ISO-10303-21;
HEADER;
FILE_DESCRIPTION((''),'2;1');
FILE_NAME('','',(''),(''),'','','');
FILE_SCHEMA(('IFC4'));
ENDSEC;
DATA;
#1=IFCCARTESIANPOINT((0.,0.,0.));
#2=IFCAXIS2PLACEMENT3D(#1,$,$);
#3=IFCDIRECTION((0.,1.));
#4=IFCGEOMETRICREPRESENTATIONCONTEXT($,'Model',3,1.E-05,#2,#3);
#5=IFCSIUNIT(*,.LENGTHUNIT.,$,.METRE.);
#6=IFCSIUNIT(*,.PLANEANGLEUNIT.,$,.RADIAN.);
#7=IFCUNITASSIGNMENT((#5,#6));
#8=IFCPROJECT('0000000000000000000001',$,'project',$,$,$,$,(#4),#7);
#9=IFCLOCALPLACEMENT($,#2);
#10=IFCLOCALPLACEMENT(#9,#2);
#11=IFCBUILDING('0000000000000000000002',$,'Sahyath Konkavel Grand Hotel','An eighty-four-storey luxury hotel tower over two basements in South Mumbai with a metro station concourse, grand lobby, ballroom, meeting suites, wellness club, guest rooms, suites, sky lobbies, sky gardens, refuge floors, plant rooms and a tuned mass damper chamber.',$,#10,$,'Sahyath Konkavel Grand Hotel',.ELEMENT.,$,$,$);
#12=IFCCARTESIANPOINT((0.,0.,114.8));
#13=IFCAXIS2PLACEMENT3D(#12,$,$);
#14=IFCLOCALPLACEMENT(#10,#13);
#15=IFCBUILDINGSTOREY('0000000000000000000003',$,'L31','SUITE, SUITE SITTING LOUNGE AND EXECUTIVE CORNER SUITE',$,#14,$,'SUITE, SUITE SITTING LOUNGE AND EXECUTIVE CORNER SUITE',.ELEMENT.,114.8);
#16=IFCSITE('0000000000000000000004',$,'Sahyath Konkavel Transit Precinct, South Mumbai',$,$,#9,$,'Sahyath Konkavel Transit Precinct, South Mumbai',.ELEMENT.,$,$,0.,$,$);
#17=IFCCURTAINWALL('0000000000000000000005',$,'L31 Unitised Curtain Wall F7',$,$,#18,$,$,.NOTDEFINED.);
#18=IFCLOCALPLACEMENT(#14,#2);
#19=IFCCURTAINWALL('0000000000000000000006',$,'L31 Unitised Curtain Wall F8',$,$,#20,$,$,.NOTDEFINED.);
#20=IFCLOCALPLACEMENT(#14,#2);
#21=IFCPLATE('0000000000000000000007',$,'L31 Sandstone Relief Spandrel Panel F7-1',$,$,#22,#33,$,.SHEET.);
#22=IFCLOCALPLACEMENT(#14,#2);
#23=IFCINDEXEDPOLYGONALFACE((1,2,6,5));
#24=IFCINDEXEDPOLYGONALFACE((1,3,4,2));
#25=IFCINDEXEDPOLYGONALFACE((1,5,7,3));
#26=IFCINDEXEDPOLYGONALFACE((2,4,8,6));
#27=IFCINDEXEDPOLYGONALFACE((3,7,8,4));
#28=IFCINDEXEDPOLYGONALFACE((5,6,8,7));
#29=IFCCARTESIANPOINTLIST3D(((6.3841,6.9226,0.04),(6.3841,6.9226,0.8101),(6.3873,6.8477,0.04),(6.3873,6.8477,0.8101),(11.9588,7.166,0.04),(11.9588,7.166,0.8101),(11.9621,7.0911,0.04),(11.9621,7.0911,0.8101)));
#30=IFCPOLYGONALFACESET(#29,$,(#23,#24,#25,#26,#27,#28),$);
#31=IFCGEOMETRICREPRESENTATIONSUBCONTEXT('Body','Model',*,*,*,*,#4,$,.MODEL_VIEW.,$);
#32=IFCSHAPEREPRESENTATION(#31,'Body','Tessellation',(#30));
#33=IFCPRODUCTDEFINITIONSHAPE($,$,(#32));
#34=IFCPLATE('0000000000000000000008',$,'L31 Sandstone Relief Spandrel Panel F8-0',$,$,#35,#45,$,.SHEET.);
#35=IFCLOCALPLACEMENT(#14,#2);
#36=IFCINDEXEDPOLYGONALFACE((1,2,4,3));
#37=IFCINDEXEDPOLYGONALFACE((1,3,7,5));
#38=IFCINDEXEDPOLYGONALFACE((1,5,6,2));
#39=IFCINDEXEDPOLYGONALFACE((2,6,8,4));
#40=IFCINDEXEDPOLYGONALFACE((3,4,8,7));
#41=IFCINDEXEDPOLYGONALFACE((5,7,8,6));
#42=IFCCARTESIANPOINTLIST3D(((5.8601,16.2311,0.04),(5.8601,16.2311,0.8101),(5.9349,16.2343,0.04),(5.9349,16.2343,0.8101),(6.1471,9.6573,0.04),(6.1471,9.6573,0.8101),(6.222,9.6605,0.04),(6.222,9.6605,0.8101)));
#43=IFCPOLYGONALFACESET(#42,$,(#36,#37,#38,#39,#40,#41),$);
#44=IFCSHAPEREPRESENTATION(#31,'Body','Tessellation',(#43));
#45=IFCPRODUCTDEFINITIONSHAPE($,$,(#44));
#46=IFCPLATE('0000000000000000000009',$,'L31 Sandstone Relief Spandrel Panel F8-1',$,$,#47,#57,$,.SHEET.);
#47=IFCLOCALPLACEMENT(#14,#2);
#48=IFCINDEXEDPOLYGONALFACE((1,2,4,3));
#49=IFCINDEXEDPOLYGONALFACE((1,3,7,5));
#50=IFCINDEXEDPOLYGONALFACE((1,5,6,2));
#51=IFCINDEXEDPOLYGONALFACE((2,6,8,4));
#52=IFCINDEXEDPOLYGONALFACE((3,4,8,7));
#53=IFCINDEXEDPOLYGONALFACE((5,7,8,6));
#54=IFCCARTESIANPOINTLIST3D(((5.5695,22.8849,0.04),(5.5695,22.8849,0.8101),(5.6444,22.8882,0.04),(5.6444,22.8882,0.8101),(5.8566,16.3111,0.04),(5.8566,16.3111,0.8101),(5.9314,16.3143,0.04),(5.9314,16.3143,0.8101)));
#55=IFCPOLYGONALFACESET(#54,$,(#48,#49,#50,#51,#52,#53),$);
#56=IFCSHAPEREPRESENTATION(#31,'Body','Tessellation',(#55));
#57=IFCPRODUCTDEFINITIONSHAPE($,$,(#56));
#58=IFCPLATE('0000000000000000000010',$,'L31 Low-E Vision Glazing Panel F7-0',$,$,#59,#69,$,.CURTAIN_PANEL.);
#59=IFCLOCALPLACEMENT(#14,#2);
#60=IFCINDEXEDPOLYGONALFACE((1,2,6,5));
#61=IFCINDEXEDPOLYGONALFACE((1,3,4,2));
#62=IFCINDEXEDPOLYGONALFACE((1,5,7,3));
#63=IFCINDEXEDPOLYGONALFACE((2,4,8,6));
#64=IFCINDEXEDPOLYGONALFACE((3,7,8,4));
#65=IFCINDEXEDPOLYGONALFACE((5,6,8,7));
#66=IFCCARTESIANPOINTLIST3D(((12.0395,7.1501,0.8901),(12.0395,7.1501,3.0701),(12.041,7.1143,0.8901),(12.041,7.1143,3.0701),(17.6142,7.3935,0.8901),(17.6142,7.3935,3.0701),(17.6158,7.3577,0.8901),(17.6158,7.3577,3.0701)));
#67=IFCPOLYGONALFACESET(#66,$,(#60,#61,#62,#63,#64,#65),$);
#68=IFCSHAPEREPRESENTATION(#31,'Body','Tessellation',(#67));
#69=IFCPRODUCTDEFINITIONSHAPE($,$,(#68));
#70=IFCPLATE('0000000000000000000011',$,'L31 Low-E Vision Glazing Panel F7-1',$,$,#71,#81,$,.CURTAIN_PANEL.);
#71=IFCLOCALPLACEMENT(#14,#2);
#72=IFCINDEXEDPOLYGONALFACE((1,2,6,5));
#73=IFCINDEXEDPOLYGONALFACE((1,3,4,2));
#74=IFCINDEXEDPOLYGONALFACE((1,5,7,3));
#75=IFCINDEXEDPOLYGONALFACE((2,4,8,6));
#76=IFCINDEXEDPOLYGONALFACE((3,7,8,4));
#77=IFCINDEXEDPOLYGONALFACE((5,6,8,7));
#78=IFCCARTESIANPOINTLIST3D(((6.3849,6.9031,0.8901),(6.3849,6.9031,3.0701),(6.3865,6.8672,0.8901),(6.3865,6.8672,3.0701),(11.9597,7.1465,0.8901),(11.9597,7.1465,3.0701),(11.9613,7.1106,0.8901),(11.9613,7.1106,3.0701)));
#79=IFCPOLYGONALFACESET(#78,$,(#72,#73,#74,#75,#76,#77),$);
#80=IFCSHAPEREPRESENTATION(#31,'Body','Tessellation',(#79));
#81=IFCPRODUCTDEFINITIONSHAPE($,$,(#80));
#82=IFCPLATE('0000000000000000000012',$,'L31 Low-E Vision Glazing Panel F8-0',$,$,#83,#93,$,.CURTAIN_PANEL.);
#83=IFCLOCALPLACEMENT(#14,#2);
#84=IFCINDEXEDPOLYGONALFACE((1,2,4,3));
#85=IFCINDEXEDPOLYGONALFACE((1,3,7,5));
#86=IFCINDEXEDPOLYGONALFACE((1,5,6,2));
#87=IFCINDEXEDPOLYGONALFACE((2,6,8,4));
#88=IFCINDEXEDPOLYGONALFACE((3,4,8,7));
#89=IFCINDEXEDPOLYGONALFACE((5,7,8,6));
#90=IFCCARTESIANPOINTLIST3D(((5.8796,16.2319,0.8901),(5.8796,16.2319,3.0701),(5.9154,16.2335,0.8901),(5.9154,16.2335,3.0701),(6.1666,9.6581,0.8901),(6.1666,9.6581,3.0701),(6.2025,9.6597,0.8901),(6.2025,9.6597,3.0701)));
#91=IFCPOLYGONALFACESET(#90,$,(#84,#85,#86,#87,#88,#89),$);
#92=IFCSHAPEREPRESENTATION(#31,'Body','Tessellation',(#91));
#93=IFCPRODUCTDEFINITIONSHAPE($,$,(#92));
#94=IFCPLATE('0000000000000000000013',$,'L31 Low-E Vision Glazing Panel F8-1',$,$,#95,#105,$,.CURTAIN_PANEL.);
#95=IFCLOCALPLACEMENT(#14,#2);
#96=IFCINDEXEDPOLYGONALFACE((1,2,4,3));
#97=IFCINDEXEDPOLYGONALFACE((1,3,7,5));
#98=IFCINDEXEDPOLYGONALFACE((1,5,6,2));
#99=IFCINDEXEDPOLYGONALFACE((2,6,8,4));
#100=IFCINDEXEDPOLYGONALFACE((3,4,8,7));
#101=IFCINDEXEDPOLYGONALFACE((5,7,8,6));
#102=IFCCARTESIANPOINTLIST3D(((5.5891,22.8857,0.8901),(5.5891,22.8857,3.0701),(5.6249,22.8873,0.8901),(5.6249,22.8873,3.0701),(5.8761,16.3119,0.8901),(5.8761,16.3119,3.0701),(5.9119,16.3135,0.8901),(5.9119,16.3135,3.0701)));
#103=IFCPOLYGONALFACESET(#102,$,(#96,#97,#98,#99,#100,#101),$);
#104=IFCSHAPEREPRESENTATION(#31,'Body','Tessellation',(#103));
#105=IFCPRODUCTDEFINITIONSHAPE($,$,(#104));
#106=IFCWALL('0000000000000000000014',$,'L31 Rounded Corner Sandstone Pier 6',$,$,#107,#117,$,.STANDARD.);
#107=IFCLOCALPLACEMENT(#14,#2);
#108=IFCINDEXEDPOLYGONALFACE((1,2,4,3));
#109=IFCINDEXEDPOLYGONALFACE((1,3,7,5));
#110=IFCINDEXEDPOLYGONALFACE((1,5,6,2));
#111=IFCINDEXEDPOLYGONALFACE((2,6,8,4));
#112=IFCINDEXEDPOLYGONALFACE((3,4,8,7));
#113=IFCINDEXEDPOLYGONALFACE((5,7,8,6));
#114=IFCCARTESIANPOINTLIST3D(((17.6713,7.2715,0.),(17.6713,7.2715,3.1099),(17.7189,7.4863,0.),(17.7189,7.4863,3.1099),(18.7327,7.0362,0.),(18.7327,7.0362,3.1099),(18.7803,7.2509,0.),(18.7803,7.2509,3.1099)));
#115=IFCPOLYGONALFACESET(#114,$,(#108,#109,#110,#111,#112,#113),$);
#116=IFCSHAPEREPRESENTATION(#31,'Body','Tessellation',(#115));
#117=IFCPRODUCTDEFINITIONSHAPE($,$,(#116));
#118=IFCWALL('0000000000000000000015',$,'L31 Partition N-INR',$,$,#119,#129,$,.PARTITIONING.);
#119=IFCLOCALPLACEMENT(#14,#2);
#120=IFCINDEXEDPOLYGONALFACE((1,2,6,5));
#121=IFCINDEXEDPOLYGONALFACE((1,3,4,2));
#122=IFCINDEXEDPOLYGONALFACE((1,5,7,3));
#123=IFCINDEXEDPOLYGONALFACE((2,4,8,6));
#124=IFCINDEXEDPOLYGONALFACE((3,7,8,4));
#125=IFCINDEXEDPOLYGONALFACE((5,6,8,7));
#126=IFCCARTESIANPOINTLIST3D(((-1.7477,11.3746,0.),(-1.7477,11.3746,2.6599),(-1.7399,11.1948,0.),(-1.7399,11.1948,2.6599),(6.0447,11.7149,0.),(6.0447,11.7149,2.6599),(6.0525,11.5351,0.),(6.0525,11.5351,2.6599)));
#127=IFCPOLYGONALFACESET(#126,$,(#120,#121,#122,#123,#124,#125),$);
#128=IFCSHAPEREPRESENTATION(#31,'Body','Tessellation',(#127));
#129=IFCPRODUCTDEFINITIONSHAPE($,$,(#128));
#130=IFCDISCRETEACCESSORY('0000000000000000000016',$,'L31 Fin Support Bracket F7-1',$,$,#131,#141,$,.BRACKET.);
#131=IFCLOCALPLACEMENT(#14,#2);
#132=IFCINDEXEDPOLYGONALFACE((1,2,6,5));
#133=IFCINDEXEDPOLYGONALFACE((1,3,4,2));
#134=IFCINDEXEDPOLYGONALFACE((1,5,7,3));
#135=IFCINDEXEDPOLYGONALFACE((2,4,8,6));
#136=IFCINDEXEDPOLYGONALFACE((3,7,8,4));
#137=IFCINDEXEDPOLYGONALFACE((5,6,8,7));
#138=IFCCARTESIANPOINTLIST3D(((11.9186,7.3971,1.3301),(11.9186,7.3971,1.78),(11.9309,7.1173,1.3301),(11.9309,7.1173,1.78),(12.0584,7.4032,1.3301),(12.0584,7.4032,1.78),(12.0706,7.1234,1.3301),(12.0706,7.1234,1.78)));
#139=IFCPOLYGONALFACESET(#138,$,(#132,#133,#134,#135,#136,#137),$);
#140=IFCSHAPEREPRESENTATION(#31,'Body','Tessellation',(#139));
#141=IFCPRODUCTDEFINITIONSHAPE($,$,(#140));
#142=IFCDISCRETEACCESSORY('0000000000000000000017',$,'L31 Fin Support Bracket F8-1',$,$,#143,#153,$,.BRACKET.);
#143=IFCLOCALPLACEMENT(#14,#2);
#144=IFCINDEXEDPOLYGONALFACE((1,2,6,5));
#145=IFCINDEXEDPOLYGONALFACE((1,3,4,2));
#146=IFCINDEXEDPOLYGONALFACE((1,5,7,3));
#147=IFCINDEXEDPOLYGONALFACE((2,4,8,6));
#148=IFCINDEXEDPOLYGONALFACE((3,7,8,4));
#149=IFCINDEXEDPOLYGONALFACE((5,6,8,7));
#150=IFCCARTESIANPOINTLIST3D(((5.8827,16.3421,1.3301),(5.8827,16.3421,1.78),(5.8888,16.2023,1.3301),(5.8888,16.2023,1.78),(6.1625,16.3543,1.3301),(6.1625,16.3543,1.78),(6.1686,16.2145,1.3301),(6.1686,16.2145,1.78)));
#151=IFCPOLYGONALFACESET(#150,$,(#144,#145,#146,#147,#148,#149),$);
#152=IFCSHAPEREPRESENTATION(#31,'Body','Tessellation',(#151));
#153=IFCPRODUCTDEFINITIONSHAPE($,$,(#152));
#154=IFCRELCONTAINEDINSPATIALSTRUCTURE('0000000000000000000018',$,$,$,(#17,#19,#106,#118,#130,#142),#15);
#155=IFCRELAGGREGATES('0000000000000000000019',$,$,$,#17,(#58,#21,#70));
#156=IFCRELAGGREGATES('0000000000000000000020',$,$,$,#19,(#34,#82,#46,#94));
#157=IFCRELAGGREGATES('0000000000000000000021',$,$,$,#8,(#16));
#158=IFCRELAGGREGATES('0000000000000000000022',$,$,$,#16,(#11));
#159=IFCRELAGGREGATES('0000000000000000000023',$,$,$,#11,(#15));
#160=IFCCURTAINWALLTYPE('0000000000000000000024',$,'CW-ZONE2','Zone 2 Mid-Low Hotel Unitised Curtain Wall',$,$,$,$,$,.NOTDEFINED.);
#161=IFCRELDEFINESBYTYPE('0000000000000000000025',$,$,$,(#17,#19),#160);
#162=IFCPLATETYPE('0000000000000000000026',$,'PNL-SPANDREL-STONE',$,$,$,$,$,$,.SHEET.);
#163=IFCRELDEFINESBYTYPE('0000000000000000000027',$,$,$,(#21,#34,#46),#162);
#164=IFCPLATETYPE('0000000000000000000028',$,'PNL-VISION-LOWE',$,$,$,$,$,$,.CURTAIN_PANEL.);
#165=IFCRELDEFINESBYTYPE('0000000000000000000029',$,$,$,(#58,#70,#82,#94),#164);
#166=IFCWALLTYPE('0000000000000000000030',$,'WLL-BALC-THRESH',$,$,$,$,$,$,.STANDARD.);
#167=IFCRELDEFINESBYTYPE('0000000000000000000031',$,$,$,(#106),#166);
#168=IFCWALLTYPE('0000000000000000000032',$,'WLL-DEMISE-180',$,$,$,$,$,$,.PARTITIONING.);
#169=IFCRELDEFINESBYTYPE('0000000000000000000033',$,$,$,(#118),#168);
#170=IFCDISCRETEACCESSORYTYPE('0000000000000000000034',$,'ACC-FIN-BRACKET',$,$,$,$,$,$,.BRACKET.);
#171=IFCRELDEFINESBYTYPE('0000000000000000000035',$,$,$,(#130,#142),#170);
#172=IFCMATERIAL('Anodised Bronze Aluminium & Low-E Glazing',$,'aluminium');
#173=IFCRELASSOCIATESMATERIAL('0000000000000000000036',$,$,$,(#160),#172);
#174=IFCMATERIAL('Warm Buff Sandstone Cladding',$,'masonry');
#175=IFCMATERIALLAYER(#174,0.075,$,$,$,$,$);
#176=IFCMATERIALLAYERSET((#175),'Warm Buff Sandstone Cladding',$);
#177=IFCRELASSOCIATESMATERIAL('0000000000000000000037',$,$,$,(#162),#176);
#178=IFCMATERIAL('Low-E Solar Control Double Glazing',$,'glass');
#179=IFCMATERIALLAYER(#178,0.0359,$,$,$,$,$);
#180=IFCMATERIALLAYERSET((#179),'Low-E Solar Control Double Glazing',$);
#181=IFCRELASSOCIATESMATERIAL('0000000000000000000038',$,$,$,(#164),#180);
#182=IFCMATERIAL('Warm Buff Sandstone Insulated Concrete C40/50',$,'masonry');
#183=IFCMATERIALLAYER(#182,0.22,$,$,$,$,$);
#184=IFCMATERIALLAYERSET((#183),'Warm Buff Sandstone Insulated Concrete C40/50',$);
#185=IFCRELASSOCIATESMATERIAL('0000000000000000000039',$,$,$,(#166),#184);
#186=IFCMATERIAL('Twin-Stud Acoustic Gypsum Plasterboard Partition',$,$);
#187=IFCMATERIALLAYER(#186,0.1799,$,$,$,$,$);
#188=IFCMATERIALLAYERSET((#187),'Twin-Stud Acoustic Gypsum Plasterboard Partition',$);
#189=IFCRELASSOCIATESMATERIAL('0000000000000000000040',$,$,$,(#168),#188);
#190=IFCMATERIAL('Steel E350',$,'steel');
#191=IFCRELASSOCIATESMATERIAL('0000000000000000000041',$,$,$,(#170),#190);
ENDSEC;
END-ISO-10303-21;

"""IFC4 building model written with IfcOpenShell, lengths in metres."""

from ifc_helpers import new_model, si_unit, direction, frame, frame_2d, origin, origin_2d, place, context, subcontext, project, spatial, rectangle, extrude, source, transform, mapped, material, layer, layer_set, type_object, element, aggregate, save


model = new_model("IFC4")

# Units and contexts
model_context = context("Model", 3, precision=1e-05, world=origin(), true_north=direction((0.0, 1.0)))
body_context = subcontext(model_context, "Body", "Model", "MODEL_VIEW")
ifc_project = project(units=[si_unit("LENGTHUNIT", "METRE"), si_unit("PLANEANGLEUNIT", "RADIAN")], contexts=[model_context])

# Site, building, storey
site_placement = place(None, origin())
site = spatial("IfcSite", under=ifc_project, at=site_placement, Name="Sahyath Konkavel Transit Precinct, South Mumbai", LongName="Sahyath Konkavel Transit Precinct, South Mumbai", CompositionType="ELEMENT", RefElevation=0.0)
building_placement = place(site_placement, origin())
building = spatial("IfcBuilding", under=site, at=building_placement, Name="Sahyath Konkavel Grand Hotel", Description="An eighty-four-storey luxury hotel tower over two basements in South Mumbai with a metro station concourse, grand lobby, ballroom, meeting suites, wellness club, guest rooms, suites, sky lobbies, sky gardens, refuge floors, plant rooms and a tuned mass damper chamber.", LongName="Sahyath Konkavel Grand Hotel", CompositionType="ELEMENT")
storey_placement = place(building_placement, frame((0.0, 0.0, 114.8)))
storey = spatial("IfcBuildingStorey", under=building, at=storey_placement, Name="L31", Description="SUITE, SUITE SITTING LOUNGE AND EXECUTIVE CORNER SUITE", LongName="SUITE, SUITE SITTING LOUNGE AND EXECUTIVE CORNER SUITE", CompositionType="ELEMENT", Elevation=114.8)

# Curtain walls
ifc_material_1 = material(Name="Anodised Bronze Aluminium & Low-E Glazing", Category="aluminium")
curtain_wall_type = type_object("IfcCurtainWallType", Name="CW-ZONE2", Description="Zone 2 Mid-Low Hotel Unitised Curtain Wall", PredefinedType="NOTDEFINED", material=ifc_material_1)
curtain_wall_1_placement = place(storey_placement, origin())
curtain_wall_1 = element("IfcCurtainWall", 1, at=curtain_wall_1_placement, inside=storey, type_object=curtain_wall_type, Name="L31 Unitised Curtain Wall F7", PredefinedType="NOTDEFINED")
curtain_wall_2_placement = place(storey_placement, origin())
curtain_wall_2 = element("IfcCurtainWall", 2, at=curtain_wall_2_placement, inside=storey, type_object=curtain_wall_type, Name="L31 Unitised Curtain Wall F8", PredefinedType="NOTDEFINED")

# Plates
ifc_material_2 = material(Name="Warm Buff Sandstone Cladding", Category="masonry")
ifc_layer_1 = layer(ifc_material_2, 0.075)
ifc_layer_set_1 = layer_set([ifc_layer_1], Name="Warm Buff Sandstone Cladding")
plate_type_1 = type_object("IfcPlateType", Name="PNL-SPANDREL-STONE", PredefinedType="SHEET", material=ifc_layer_set_1)
shared_shape_1 = source(origin(), body_context, "Body", "SweptSolid", [
    extrude(rectangle(XDim=5.5801, YDim=0.075, at=origin_2d()), origin(), (0.0, 0.0, 1.0), 0.77),
])
plate_1_placement = place(storey_placement, frame((9.1731, 7.0068, 0.04), z_axis=(0.0, 0.0, 1.0), x_axis=(-0.999048, -0.043619, 0.0)))
plate_1 = element("IfcPlate", 3, at=plate_1_placement, type_object=plate_type_1, Name="L31 Sandstone Relief Spandrel Panel F7-1", PredefinedType="SHEET", context=body_context, shape_type="MappedRepresentation", body=[
    mapped(shared_shape_1, transform((0.0, 0.0, 0.0), scale=1.0)),
])
shared_shape_2 = source(origin(), body_context, "Body", "SweptSolid", [
    extrude(rectangle(XDim=6.5801, YDim=0.075, at=origin_2d()), origin(), (0.0, 0.0, 1.0), 0.77),
])
plate_2_placement = place(storey_placement, frame((6.041, 12.9458, 0.04), z_axis=(0.0, 0.0, 1.0), x_axis=(-0.043619, 0.999048, 0.0)))
plate_2 = element("IfcPlate", 4, at=plate_2_placement, type_object=plate_type_1, Name="L31 Sandstone Relief Spandrel Panel F8-0", PredefinedType="SHEET", context=body_context, shape_type="MappedRepresentation", body=[
    mapped(shared_shape_2, transform((0.0, 0.0, 0.0), scale=1.0)),
])
plate_3_placement = place(storey_placement, frame((5.7505, 19.5996, 0.04), z_axis=(0.0, 0.0, 1.0), x_axis=(-0.043619, 0.999048, 0.0)))
plate_3 = element("IfcPlate", 5, at=plate_3_placement, type_object=plate_type_1, Name="L31 Sandstone Relief Spandrel Panel F8-1", PredefinedType="SHEET", context=body_context, shape_type="MappedRepresentation", body=[
    mapped(shared_shape_2, transform((0.0, 0.0, 0.0), scale=1.0)),
])
ifc_material_3 = material(Name="Low-E Solar Control Double Glazing", Category="glass")
ifc_layer_2 = layer(ifc_material_3, 0.0359)
ifc_layer_set_2 = layer_set([ifc_layer_2], Name="Low-E Solar Control Double Glazing")
plate_type_2 = type_object("IfcPlateType", Name="PNL-VISION-LOWE", PredefinedType="CURTAIN_PANEL", material=ifc_layer_set_2)
shared_shape_3 = source(origin(), body_context, "Body", "SweptSolid", [
    extrude(rectangle(XDim=5.5801, YDim=0.0359, at=origin_2d()), origin(), (0.0, 0.0, 1.0), 2.1799),
])
plate_4_placement = place(storey_placement, frame((14.8276, 7.2539, 0.8901), z_axis=(0.0, 0.0, 1.0), x_axis=(-0.999048, -0.043619, 0.0)))
plate_4 = element("IfcPlate", 6, at=plate_4_placement, type_object=plate_type_2, Name="L31 Low-E Vision Glazing Panel F7-0", PredefinedType="CURTAIN_PANEL", context=body_context, shape_type="MappedRepresentation", body=[
    mapped(shared_shape_3, transform((0.0, 0.0, 0.0), scale=1.0)),
])
plate_5_placement = place(storey_placement, frame((9.1731, 7.0068, 0.8901), z_axis=(0.0, 0.0, 1.0), x_axis=(-0.999048, -0.043619, 0.0)))
plate_5 = element("IfcPlate", 7, at=plate_5_placement, type_object=plate_type_2, Name="L31 Low-E Vision Glazing Panel F7-1", PredefinedType="CURTAIN_PANEL", context=body_context, shape_type="MappedRepresentation", body=[
    mapped(shared_shape_3, transform((0.0, 0.0, 0.0), scale=1.0)),
])
aggregate(curtain_wall_1, [plate_4, plate_1, plate_5])
shared_shape_4 = source(origin(), body_context, "Body", "SweptSolid", [
    extrude(rectangle(XDim=6.5801, YDim=0.0359, at=origin_2d()), origin(), (0.0, 0.0, 1.0), 2.1799),
])
plate_6_placement = place(storey_placement, frame((6.041, 12.9458, 0.8901), z_axis=(0.0, 0.0, 1.0), x_axis=(-0.043619, 0.999048, 0.0)))
plate_6 = element("IfcPlate", 8, at=plate_6_placement, type_object=plate_type_2, Name="L31 Low-E Vision Glazing Panel F8-0", PredefinedType="CURTAIN_PANEL", context=body_context, shape_type="MappedRepresentation", body=[
    mapped(shared_shape_4, transform((0.0, 0.0, 0.0), scale=1.0)),
])
plate_7_placement = place(storey_placement, frame((5.7505, 19.5996, 0.8901), z_axis=(0.0, 0.0, 1.0), x_axis=(-0.043619, 0.999048, 0.0)))
plate_7 = element("IfcPlate", 9, at=plate_7_placement, type_object=plate_type_2, Name="L31 Low-E Vision Glazing Panel F8-1", PredefinedType="CURTAIN_PANEL", context=body_context, shape_type="MappedRepresentation", body=[
    mapped(shared_shape_4, transform((0.0, 0.0, 0.0), scale=1.0)),
])
aggregate(curtain_wall_2, [plate_2, plate_6, plate_3, plate_7])

# Walls
ifc_material_4 = material(Name="Warm Buff Sandstone Insulated Concrete C40/50", Category="masonry")
ifc_layer_3 = layer(ifc_material_4, 0.22)
ifc_layer_set_3 = layer_set([ifc_layer_3], Name="Warm Buff Sandstone Insulated Concrete C40/50")
wall_type_1 = type_object("IfcWallType", Name="WLL-BALC-THRESH", PredefinedType="STANDARD", material=ifc_layer_set_3)
wall_1_placement = place(storey_placement, frame((18.7563, 7.1436, 0.0), z_axis=(0.0, 0.0, 1.0), x_axis=(-0.976282, 0.216502, 0.0)))
element("IfcWall", 10, at=wall_1_placement, inside=storey, type_object=wall_type_1, Name="L31 Rounded Corner Sandstone Pier 6", PredefinedType="STANDARD", context=body_context, shape_type="SweptSolid", body=[
    extrude(rectangle(XDim=1.0872, YDim=0.22, at=frame_2d((0.5435, 0.0))), origin(), (0.0, 0.0, 1.0), 3.1099),
])
ifc_material_5 = material(Name="Twin-Stud Acoustic Gypsum Plasterboard Partition")
ifc_layer_4 = layer(ifc_material_5, 0.1799)
ifc_layer_set_4 = layer_set([ifc_layer_4], Name="Twin-Stud Acoustic Gypsum Plasterboard Partition")
wall_type_2 = type_object("IfcWallType", Name="WLL-DEMISE-180", PredefinedType="PARTITIONING", material=ifc_layer_set_4)
wall_2_placement = place(storey_placement, frame((6.0486, 11.625, 0.0), z_axis=(0.0, 0.0, 1.0), x_axis=(-0.999048, -0.043633, 0.0)))
element("IfcWall", 11, at=wall_2_placement, inside=storey, type_object=wall_type_2, Name="L31 Partition N-INR", PredefinedType="PARTITIONING", context=body_context, shape_type="SweptSolid", body=[
    extrude(rectangle(XDim=7.7998, YDim=0.1799, at=frame_2d((3.8999, 0.0))), origin(), (0.0, 0.0, 1.0), 2.6599),
])

# Discrete accessories
ifc_material_6 = material(Name="Steel E350", Category="steel")
discrete_accessory_type = type_object("IfcDiscreteAccessoryType", Name="ACC-FIN-BRACKET", PredefinedType="BRACKET", material=ifc_material_6)
shared_shape_5 = source(origin(), body_context, "Body", "SweptSolid", [
    extrude(rectangle(XDim=0.28, YDim=0.1399, at=origin_2d()), origin(), (0.0, 0.0, 1.0), 0.45),
])
for number, where, z_axis, x_axis, name in (
    (12, (11.9946, 7.2603, 1.3301), (0.0, 0.0, 1.0), (-0.043619, 0.999048, 0.0), "L31 Fin Support Bracket F7-1"),
    (13, (6.0256, 16.2783, 1.3301), (0.0, 0.0, 1.0), (0.999048, 0.043619, 0.0), "L31 Fin Support Bracket F8-1"),
):
    element("IfcDiscreteAccessory", number, at=place(storey_placement, frame(where, z_axis=z_axis, x_axis=x_axis)), inside=storey, type_object=discrete_accessory_type, Name=name, PredefinedType="BRACKET", context=body_context, shape_type="MappedRepresentation", body=[
        mapped(shared_shape_5, transform((0.0, 0.0, 0.0), scale=1.0)),
    ])

save(model, "model.ifc")
